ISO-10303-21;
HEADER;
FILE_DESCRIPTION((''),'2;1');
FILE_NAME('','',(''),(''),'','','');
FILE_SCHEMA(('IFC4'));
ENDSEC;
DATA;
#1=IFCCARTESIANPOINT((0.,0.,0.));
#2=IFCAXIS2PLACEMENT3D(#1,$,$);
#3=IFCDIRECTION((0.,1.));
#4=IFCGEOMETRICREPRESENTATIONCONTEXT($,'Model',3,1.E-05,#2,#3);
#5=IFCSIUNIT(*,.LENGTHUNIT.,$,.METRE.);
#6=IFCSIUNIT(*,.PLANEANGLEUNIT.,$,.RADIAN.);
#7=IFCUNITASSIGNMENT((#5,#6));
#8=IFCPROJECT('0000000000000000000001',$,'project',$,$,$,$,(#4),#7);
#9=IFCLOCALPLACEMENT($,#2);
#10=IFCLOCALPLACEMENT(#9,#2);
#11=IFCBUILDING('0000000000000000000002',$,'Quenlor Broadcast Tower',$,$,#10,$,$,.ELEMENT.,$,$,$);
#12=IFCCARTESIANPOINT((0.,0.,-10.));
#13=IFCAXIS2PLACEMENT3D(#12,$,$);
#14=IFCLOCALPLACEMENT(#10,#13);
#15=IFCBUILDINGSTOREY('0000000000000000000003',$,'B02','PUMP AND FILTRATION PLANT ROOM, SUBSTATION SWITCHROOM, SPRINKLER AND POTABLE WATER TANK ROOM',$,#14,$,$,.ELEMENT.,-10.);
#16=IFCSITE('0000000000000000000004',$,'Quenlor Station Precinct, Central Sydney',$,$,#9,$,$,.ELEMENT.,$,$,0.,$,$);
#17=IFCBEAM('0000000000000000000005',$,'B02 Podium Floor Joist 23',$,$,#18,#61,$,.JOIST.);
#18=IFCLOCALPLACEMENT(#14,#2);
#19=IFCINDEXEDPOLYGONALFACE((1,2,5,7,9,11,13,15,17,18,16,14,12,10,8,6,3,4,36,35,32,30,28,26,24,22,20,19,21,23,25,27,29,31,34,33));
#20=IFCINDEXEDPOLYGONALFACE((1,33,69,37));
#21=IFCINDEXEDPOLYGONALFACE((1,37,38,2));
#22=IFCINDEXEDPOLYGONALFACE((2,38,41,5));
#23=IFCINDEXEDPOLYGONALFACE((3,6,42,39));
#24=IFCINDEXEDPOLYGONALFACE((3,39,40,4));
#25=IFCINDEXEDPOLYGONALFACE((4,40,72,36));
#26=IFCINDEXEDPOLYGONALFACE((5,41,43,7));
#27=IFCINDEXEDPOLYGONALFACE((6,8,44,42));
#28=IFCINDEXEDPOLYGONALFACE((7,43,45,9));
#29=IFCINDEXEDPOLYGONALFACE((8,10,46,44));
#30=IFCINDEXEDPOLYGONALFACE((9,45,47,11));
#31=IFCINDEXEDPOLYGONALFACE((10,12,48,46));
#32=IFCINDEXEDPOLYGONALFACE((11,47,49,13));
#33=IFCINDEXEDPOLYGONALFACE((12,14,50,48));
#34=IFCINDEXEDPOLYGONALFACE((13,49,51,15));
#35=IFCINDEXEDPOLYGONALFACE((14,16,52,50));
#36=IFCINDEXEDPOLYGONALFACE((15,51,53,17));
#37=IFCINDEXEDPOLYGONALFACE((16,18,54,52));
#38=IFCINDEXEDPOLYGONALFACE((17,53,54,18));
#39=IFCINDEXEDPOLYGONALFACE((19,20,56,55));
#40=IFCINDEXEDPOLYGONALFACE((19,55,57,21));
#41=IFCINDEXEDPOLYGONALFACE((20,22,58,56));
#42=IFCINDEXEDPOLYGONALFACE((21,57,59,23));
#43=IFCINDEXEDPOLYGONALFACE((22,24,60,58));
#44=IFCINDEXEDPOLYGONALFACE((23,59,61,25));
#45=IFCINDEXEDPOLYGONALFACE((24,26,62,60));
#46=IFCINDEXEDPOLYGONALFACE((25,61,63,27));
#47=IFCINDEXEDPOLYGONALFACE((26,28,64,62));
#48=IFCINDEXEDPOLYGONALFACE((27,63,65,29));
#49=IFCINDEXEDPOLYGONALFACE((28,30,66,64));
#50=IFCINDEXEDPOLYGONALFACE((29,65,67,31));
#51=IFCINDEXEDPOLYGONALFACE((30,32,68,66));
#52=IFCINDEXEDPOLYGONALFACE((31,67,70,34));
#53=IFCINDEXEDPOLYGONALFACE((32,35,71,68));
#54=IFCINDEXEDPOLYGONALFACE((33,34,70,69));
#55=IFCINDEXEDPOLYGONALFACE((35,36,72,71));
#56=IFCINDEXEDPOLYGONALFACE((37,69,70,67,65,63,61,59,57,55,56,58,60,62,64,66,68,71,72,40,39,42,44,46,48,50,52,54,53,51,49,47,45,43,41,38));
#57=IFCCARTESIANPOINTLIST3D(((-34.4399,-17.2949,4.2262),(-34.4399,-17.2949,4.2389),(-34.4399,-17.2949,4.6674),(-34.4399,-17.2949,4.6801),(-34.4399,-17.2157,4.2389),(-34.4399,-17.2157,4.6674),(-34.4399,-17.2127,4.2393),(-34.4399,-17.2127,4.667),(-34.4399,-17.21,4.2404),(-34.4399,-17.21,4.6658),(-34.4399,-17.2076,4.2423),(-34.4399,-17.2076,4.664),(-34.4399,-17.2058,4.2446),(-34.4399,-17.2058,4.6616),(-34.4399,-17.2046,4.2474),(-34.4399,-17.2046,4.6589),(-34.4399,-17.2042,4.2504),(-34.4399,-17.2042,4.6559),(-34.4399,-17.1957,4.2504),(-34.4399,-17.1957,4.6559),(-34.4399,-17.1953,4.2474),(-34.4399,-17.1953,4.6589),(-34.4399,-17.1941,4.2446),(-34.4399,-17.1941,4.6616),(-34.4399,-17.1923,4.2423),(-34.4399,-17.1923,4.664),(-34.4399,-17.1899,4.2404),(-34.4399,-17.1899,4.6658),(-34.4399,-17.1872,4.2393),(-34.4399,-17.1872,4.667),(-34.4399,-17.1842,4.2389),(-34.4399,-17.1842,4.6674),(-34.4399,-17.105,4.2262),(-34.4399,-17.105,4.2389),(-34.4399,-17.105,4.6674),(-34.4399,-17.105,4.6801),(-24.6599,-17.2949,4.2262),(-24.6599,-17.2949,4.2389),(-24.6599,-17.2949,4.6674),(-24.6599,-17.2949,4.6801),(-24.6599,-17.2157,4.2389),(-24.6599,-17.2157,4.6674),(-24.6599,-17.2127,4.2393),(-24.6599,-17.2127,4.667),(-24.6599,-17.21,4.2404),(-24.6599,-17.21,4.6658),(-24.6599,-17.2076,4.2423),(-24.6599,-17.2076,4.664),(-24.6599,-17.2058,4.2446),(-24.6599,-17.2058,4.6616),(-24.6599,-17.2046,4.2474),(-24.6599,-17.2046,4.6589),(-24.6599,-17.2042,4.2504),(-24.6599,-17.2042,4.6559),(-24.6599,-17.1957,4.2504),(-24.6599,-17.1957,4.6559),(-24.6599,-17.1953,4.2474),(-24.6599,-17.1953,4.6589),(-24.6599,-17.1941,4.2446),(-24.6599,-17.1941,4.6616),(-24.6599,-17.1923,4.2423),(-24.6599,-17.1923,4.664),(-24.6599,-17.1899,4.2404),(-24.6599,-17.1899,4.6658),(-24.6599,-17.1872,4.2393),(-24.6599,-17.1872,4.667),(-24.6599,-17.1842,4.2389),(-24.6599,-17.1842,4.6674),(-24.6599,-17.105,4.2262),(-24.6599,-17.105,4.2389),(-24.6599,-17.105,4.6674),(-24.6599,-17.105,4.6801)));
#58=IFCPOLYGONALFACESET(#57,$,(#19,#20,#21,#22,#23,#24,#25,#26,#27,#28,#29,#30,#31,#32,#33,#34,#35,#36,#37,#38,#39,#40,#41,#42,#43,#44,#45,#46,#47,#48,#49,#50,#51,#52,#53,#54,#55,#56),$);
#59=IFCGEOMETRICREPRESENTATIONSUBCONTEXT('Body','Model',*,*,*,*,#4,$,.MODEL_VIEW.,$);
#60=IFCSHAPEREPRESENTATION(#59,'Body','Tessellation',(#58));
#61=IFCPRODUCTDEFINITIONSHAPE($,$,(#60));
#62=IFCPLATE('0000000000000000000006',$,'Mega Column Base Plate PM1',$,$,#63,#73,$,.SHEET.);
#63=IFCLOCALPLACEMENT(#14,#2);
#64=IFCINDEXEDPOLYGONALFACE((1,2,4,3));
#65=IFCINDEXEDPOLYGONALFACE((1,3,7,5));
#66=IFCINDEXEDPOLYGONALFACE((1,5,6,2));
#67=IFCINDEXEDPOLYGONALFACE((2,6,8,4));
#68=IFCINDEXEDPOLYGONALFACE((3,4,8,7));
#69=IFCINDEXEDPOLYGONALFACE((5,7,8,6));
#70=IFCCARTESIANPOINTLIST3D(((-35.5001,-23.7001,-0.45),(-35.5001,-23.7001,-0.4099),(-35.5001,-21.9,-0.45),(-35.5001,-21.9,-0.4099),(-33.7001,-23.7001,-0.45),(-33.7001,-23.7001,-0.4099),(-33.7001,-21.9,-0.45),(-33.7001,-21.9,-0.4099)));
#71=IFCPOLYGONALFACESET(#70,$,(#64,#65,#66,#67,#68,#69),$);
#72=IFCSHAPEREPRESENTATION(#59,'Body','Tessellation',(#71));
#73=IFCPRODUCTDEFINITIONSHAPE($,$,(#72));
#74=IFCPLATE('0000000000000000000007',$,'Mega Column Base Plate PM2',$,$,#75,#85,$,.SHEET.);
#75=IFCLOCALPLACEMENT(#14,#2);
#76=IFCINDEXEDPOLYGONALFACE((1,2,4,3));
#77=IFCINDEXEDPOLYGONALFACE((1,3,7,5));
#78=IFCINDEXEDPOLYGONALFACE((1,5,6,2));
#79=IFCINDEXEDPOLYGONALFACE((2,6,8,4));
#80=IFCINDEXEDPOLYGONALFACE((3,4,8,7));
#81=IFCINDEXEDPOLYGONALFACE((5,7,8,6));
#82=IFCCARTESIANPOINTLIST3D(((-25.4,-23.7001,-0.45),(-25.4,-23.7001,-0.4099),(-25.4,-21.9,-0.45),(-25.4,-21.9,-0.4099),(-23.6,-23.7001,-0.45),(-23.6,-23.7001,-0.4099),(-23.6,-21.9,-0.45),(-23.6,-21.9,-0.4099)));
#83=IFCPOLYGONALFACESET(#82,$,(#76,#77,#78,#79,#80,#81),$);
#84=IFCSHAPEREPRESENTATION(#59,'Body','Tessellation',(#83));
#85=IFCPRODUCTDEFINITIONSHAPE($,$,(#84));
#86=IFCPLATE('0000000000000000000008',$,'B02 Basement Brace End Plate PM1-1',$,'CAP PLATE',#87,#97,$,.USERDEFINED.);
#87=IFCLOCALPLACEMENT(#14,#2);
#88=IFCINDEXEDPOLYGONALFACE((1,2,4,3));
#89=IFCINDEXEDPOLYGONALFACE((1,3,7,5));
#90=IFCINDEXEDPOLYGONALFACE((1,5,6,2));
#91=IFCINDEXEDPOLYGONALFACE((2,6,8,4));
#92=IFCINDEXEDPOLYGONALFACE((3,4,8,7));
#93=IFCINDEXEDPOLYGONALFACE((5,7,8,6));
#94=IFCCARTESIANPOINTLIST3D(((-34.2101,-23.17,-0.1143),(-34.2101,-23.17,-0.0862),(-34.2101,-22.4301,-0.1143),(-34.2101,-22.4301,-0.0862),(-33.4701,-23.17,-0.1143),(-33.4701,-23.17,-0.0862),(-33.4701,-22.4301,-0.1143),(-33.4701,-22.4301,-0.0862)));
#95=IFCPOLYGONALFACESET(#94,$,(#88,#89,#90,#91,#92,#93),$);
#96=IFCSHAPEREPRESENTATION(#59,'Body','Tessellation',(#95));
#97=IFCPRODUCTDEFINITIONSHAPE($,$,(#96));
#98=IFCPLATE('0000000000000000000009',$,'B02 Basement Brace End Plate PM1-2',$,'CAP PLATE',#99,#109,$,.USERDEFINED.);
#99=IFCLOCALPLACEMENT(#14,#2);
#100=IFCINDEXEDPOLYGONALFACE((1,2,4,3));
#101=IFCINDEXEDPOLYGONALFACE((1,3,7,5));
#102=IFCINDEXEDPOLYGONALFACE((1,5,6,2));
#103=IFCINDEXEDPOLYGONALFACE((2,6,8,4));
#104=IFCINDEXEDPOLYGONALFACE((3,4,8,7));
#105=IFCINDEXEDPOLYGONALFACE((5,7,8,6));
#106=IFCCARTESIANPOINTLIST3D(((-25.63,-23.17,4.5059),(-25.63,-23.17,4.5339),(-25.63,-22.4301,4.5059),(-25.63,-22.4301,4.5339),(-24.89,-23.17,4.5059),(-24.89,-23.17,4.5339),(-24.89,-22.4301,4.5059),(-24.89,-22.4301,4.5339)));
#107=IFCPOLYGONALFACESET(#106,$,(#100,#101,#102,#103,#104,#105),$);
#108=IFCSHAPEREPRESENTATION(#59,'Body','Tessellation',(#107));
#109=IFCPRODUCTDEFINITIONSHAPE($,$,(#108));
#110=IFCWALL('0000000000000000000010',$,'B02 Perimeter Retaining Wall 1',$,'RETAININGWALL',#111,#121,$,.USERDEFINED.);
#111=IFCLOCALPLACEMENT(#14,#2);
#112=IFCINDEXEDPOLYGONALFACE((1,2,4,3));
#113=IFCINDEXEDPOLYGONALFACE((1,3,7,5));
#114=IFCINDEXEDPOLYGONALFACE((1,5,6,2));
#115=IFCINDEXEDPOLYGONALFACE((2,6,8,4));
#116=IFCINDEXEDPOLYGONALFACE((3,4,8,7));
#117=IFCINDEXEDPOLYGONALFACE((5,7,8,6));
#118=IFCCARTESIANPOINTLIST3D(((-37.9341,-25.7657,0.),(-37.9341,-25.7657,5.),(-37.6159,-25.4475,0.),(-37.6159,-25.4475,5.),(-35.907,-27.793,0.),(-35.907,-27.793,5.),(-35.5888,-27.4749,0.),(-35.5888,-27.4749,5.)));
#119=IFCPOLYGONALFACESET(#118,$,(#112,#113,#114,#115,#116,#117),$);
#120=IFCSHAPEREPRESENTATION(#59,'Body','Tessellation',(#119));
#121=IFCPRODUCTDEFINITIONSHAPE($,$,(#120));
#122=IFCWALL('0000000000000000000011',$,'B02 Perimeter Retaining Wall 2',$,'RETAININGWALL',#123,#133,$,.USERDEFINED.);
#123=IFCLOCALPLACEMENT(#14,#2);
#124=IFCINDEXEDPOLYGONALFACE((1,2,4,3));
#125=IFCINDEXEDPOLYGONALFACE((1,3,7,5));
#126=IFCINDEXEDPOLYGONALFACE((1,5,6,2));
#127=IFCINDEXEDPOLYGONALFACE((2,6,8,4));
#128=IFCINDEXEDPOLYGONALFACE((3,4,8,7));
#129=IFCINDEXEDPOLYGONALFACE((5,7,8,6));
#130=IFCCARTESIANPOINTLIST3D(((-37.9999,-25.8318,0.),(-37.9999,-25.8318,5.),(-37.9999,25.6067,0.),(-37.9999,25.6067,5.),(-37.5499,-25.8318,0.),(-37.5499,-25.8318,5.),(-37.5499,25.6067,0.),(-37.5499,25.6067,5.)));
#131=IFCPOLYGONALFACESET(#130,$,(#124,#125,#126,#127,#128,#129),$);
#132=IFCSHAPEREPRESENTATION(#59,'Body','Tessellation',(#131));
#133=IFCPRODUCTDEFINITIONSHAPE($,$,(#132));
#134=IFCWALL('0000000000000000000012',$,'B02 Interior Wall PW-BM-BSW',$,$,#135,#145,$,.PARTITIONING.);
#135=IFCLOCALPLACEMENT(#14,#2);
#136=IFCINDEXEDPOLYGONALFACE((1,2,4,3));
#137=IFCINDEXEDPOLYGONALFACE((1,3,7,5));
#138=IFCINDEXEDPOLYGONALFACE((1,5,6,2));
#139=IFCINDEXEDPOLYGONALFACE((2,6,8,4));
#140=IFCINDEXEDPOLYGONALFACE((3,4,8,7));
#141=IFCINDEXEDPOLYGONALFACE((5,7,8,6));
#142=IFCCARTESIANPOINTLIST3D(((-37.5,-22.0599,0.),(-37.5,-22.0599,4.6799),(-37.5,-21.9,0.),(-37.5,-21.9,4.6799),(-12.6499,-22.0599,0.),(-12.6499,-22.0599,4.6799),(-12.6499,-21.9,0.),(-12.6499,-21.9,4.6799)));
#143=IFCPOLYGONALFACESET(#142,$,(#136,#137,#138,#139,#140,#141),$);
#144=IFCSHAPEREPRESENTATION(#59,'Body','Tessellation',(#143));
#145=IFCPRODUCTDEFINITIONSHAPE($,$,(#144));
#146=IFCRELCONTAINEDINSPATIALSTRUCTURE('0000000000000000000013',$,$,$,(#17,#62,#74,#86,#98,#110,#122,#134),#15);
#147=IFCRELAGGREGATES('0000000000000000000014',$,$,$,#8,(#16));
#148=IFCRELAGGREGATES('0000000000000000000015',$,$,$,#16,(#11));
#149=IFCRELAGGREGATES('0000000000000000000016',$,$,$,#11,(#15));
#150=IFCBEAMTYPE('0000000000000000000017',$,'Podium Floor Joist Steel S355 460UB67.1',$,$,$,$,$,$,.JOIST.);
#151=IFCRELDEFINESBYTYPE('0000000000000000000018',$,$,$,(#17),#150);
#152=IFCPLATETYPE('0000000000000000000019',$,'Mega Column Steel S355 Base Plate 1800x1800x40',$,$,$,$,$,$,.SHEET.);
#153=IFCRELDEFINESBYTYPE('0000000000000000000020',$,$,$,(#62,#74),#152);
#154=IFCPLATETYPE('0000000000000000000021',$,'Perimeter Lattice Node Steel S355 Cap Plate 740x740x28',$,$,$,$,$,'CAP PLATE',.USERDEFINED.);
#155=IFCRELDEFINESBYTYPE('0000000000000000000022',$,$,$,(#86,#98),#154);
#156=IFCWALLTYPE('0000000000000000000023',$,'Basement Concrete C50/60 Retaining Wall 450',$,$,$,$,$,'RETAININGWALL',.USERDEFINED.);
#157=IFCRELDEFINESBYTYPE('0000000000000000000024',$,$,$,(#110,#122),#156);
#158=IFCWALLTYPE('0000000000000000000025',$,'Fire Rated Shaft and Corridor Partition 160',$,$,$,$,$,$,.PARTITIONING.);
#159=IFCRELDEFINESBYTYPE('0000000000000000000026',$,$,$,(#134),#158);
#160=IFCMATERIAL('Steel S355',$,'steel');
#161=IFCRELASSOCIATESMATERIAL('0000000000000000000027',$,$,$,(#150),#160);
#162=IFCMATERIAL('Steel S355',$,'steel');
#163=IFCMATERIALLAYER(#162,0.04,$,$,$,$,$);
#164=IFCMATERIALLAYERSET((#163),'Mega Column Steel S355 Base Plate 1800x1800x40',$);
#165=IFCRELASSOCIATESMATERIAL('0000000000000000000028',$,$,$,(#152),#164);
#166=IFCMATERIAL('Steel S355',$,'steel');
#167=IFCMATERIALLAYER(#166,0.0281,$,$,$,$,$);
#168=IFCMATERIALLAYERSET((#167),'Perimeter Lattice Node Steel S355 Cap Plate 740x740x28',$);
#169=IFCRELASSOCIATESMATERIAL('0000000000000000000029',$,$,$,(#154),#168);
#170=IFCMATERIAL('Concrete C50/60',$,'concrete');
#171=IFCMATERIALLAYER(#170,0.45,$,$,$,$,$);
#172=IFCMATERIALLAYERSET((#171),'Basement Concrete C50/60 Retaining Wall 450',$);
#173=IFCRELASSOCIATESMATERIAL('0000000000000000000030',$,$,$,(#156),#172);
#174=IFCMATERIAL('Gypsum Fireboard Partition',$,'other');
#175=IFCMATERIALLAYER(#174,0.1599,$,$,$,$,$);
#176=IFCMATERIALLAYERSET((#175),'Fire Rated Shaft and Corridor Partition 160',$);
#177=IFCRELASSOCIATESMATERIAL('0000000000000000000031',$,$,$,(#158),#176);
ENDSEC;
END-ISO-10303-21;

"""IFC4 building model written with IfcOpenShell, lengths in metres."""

from ifc_helpers import new_model, si_unit, direction, frame, frame_2d, origin, origin_2d, place, context, subcontext, project, spatial, rectangle, i_section, extrude, material, layer, layer_set, material_profile, profile_set, type_object, element, save


model = new_model("IFC4")

# Units and contexts
model_context = context("Model", 3, precision=1e-05, world=origin(), true_north=direction((0.0, 1.0)))
body_context = subcontext(model_context, "Body", "Model", "MODEL_VIEW")
ifc_project = project(units=[si_unit("LENGTHUNIT", "METRE"), si_unit("PLANEANGLEUNIT", "RADIAN")], contexts=[model_context])

# Site, building, storey
site_placement = place(None, origin())
site = spatial("IfcSite", under=ifc_project, at=site_placement, Name="Quenlor Station Precinct, Central Sydney", CompositionType="ELEMENT", RefElevation=0.0)
building_placement = place(site_placement, origin())
building = spatial("IfcBuilding", under=site, at=building_placement, Name="Quenlor Broadcast Tower", CompositionType="ELEMENT")
storey_placement = place(building_placement, frame((0.0, 0.0, -10.0)))
storey = spatial("IfcBuildingStorey", under=building, at=storey_placement, Name="B02", Description="PUMP AND FILTRATION PLANT ROOM, SUBSTATION SWITCHROOM, SPRINKLER AND POTABLE WATER TANK ROOM", CompositionType="ELEMENT", Elevation=-10.0)

# Beam
ifc_material_1 = material(Name="Steel S355", Category="steel")
ifc_material_profile_1 = material_profile(ifc_material_1, i_section(OverallWidth=0.1899, OverallDepth=0.4539, WebThickness=0.0085, FlangeThickness=0.0127, FilletRadius=0.0115, at=origin_2d()))
ifc_profile_set_1 = profile_set([ifc_material_profile_1], Name="Steel S355 460UB67.1")
beam_type_1 = type_object("IfcBeamType", Name="Podium Floor Joist Steel S355 460UB67.1", PredefinedType="JOIST", material=ifc_profile_set_1)
for number, where, z_axis, x_axis, name in (
    (1, (-34.4399, -17.2, 4.4531), (1.0, 0.0, 0.0), (0.0, 1.0, 0.0), "B02 Podium Floor Joist 23"),
):
    element("IfcBeam", number, at=place(storey_placement, frame(where, z_axis=z_axis, x_axis=x_axis)), inside=storey, type_object=beam_type_1, Name=name, PredefinedType="JOIST", context=body_context, shape_type="SweptSolid", body=[
        extrude(i_section(OverallWidth=0.1899, OverallDepth=0.4539, WebThickness=0.0085, FlangeThickness=0.0127, FilletRadius=0.0115, at=origin_2d()), origin(), (0.0, 0.0, 1.0), 9.78),
    ])

# Plates
ifc_material_2 = material(Name="Steel S355", Category="steel")
ifc_layer_1 = layer(ifc_material_2, 0.04)
ifc_layer_set_1 = layer_set([ifc_layer_1], Name="Mega Column Steel S355 Base Plate 1800x1800x40")
plate_type_1 = type_object("IfcPlateType", Name="Mega Column Steel S355 Base Plate 1800x1800x40", PredefinedType="SHEET", material=ifc_layer_set_1)
for number, where, z_axis, x_axis, name in (
    (2, (-34.6001, -22.8, -0.45), (0.0, 0.0, 1.0), (1.0, 0.0, 0.0), "Mega Column Base Plate PM1"),
    (3, (-24.5, -22.8, -0.45), (0.0, 0.0, 1.0), (1.0, 0.0, 0.0), "Mega Column Base Plate PM2"),
):
    element("IfcPlate", number, at=place(storey_placement, frame(where, z_axis=z_axis, x_axis=x_axis)), inside=storey, type_object=plate_type_1, Name=name, PredefinedType="SHEET", context=body_context, shape_type="SweptSolid", body=[
        extrude(rectangle(XDim=1.8, YDim=1.8, at=origin_2d()), origin(), (0.0, 0.0, 1.0), 0.04),
    ])
ifc_material_3 = material(Name="Steel S355", Category="steel")
ifc_layer_2 = layer(ifc_material_3, 0.0281)
ifc_layer_set_2 = layer_set([ifc_layer_2], Name="Perimeter Lattice Node Steel S355 Cap Plate 740x740x28")
plate_type_2 = type_object("IfcPlateType", Name="Perimeter Lattice Node Steel S355 Cap Plate 740x740x28", ElementType="CAP PLATE", PredefinedType="USERDEFINED", material=ifc_layer_set_2)
for number, where, z_axis, x_axis, name in (
    (4, (-33.8401, -22.8, -0.1143), (0.0, 0.0, 1.0), (1.0, 0.0, 0.0), "B02 Basement Brace End Plate PM1-1"),
    (5, (-25.26, -22.8, 4.5059), (0.0, 0.0, 1.0), (1.0, 0.0, 0.0), "B02 Basement Brace End Plate PM1-2"),
):
    element("IfcPlate", number, at=place(storey_placement, frame(where, z_axis=z_axis, x_axis=x_axis)), inside=storey, type_object=plate_type_2, Name=name, ObjectType="CAP PLATE", PredefinedType="USERDEFINED", context=body_context, shape_type="SweptSolid", body=[
        extrude(rectangle(XDim=0.74, YDim=0.74, at=origin_2d()), origin(), (0.0, 0.0, 1.0), 0.0281),
    ])

# Walls
ifc_material_4 = material(Name="Concrete C50/60", Category="concrete")
ifc_layer_3 = layer(ifc_material_4, 0.45)
ifc_layer_set_3 = layer_set([ifc_layer_3], Name="Basement Concrete C50/60 Retaining Wall 450")
wall_type_1 = type_object("IfcWallType", Name="Basement Concrete C50/60 Retaining Wall 450", ElementType="RETAININGWALL", PredefinedType="USERDEFINED", material=ifc_layer_set_3)
wall_1_placement = place(storey_placement, frame((-35.7478, -27.634, 0.0), z_axis=(0.0, 0.0, 1.0), x_axis=(-0.707064, 0.707149, 0.0)))
element("IfcWall", 6, at=wall_1_placement, inside=storey, type_object=wall_type_1, Name="B02 Perimeter Retaining Wall 1", ObjectType="RETAININGWALL", PredefinedType="USERDEFINED", context=body_context, shape_type="SweptSolid", body=[
    extrude(rectangle(XDim=2.8669, YDim=0.45, at=frame_2d((1.4336, 0.0))), origin(), (0.0, 0.0, 1.0), 5.0),
])
wall_2_placement = place(storey_placement, frame((-37.7749, -25.8318, 0.0), z_axis=(0.0, 0.0, 1.0), x_axis=(0.0, 1.0, 0.0)))
element("IfcWall", 7, at=wall_2_placement, inside=storey, type_object=wall_type_1, Name="B02 Perimeter Retaining Wall 2", ObjectType="RETAININGWALL", PredefinedType="USERDEFINED", context=body_context, shape_type="SweptSolid", body=[
    extrude(rectangle(XDim=51.4385, YDim=0.45, at=frame_2d((25.7192, 0.0))), origin(), (0.0, 0.0, 1.0), 5.0),
])
ifc_material_5 = material(Name="Gypsum Fireboard Partition", Category="other")
ifc_layer_4 = layer(ifc_material_5, 0.1599)
ifc_layer_set_4 = layer_set([ifc_layer_4], Name="Fire Rated Shaft and Corridor Partition 160")
wall_type_2 = type_object("IfcWallType", Name="Fire Rated Shaft and Corridor Partition 160", PredefinedType="PARTITIONING", material=ifc_layer_set_4)
wall_3_placement = place(storey_placement, frame((-37.5, -21.98, 0.0), z_axis=(0.0, 0.0, 1.0), x_axis=(1.0, 0.0, 0.0)))
element("IfcWall", 8, at=wall_3_placement, inside=storey, type_object=wall_type_2, Name="B02 Interior Wall PW-BM-BSW", PredefinedType="PARTITIONING", context=body_context, shape_type="SweptSolid", body=[
    extrude(rectangle(XDim=24.8501, YDim=0.1599, at=frame_2d((12.425, 0.0))), origin(), (0.0, 0.0, 1.0), 4.6799),
])

save(model, "model.ifc")
